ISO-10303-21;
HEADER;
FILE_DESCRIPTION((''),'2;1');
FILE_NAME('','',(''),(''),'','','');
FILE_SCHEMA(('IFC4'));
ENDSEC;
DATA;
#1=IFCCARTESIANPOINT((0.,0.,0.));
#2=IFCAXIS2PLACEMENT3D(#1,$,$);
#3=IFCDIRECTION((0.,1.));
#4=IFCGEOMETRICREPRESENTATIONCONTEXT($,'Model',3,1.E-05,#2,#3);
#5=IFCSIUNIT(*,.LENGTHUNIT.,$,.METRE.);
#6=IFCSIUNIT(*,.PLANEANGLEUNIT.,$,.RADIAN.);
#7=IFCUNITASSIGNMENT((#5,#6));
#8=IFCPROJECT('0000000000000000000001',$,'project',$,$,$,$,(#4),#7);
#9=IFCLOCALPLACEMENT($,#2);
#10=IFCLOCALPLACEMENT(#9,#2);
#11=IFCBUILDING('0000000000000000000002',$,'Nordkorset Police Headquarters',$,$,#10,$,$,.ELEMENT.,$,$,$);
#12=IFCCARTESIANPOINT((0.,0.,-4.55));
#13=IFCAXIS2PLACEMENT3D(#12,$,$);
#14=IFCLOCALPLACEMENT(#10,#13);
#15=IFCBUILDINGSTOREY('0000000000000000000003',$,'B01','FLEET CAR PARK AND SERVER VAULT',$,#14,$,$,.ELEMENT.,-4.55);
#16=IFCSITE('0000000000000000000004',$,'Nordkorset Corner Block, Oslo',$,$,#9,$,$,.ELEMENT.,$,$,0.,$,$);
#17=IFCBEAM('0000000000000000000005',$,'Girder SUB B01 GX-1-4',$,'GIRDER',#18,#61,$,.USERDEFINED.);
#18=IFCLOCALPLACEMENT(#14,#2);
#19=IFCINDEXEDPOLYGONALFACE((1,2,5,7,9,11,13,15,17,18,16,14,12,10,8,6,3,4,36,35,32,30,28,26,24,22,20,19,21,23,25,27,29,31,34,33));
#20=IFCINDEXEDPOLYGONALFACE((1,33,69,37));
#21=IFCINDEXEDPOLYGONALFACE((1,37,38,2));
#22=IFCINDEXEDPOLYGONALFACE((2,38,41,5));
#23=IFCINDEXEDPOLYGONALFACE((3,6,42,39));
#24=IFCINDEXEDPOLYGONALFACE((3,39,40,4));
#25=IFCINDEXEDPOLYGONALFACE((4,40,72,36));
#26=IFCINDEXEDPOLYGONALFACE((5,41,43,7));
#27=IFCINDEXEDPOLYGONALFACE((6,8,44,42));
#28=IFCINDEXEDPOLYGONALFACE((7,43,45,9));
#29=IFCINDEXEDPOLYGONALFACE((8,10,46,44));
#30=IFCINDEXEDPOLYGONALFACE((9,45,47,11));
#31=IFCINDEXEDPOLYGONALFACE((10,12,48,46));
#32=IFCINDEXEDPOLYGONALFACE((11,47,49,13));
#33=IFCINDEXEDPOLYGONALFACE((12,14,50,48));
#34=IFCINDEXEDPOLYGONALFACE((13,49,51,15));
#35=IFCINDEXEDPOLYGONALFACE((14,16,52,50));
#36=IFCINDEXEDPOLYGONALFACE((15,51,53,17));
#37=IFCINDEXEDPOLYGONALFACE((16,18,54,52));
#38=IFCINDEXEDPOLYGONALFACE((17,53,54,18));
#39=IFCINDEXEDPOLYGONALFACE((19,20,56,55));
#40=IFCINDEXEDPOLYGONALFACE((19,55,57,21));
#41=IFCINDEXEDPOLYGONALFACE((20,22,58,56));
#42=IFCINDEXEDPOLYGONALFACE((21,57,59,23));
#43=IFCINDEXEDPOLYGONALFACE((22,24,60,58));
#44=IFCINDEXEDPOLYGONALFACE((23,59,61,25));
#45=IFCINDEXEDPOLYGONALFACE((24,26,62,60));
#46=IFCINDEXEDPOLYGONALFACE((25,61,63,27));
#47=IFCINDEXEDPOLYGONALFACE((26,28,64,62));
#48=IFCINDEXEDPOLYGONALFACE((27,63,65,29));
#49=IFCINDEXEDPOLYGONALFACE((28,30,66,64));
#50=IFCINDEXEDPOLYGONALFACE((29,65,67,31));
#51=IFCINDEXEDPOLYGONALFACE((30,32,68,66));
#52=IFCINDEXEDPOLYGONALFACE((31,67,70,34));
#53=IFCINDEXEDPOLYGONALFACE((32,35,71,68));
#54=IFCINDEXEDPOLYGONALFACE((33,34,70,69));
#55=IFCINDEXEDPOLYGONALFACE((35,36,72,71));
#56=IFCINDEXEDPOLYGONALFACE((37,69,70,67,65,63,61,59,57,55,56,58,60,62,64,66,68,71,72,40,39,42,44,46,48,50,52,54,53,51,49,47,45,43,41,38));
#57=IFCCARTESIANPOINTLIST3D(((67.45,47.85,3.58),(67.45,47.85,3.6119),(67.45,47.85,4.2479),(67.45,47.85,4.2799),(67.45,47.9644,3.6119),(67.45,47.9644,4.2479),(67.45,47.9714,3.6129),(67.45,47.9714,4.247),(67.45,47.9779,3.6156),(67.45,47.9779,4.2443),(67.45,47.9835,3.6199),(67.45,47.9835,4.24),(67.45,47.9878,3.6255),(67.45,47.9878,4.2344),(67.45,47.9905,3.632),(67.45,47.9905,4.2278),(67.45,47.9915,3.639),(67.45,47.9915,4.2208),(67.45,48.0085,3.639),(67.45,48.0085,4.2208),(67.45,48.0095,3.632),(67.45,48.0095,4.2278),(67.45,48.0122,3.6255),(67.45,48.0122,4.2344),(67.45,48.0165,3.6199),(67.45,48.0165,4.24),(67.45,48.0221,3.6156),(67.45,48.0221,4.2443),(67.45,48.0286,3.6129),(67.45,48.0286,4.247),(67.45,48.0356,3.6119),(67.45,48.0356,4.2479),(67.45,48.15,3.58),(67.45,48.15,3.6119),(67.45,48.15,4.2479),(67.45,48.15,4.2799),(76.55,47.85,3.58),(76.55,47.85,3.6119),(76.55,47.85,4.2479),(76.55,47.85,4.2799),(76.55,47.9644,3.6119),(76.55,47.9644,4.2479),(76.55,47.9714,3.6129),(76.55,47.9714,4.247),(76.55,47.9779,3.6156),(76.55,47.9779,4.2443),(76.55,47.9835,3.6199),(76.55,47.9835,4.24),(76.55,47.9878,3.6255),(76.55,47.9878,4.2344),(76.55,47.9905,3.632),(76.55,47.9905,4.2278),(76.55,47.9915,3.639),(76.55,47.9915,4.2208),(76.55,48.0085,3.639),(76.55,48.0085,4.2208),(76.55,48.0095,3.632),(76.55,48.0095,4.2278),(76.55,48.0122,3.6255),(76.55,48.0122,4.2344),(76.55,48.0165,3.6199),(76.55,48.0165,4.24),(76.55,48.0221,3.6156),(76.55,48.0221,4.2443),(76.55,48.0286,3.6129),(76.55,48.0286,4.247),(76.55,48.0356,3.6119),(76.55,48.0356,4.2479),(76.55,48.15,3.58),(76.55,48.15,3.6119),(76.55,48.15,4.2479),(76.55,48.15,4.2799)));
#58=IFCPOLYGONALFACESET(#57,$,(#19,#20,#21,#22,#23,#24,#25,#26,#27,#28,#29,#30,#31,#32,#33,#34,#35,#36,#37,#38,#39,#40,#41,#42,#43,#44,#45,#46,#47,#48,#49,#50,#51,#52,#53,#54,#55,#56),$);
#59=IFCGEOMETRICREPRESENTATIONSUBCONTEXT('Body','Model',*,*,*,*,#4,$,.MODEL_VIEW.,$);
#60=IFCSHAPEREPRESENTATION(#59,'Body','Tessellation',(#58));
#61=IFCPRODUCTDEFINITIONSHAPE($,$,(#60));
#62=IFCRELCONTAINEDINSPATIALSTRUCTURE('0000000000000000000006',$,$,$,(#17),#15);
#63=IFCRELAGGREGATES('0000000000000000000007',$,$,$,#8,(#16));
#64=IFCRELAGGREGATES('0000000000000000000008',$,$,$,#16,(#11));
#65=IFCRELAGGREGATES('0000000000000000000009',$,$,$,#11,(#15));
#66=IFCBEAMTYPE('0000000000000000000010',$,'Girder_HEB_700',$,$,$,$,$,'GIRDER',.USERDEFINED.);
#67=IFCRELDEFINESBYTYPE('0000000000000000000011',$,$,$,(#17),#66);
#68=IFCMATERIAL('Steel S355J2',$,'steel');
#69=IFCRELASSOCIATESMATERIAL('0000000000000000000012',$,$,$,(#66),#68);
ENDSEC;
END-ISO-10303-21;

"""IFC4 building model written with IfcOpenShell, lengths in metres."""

from ifc_helpers import new_model, si_unit, direction, frame, origin, origin_2d, place, context, subcontext, project, spatial, i_section, extrude, material, material_profile, profile_set, type_object, element, save


model = new_model("IFC4")

# Units and contexts
model_context = context("Model", 3, precision=1e-05, world=origin(), true_north=direction((0.0, 1.0)))
body_context = subcontext(model_context, "Body", "Model", "MODEL_VIEW")
ifc_project = project(units=[si_unit("LENGTHUNIT", "METRE"), si_unit("PLANEANGLEUNIT", "RADIAN")], contexts=[model_context])

# Site, building, storey
site_placement = place(None, origin())
site = spatial("IfcSite", under=ifc_project, at=site_placement, Name="Nordkorset Corner Block, Oslo", CompositionType="ELEMENT", RefElevation=0.0)
building_placement = place(site_placement, origin())
building = spatial("IfcBuilding", under=site, at=building_placement, Name="Nordkorset Police Headquarters", CompositionType="ELEMENT")
storey_placement = place(building_placement, frame((0.0, 0.0, -4.55)))
storey = spatial("IfcBuildingStorey", under=building, at=storey_placement, Name="B01", Description="FLEET CAR PARK AND SERVER VAULT", CompositionType="ELEMENT", Elevation=-4.55)

# Beam
ifc_material_1 = material(Name="Steel S355J2", Category="steel")
ifc_material_profile_1 = material_profile(ifc_material_1, i_section(OverallWidth=0.3, OverallDepth=0.7, WebThickness=0.0171, FlangeThickness=0.032, FilletRadius=0.0271, at=origin_2d()), Name="HEB 700")
ifc_profile_set_1 = profile_set([ifc_material_profile_1], Name="Steel S355J2")
beam_type_1 = type_object("IfcBeamType", Name="Girder_HEB_700", ElementType="GIRDER", PredefinedType="USERDEFINED", material=ifc_profile_set_1)
beam_1_placement = place(storey_placement, frame((67.45, 48.0, 3.9299), z_axis=(1.0, 0.0, 0.0), x_axis=(0.0, 1.0, 0.0)))
element("IfcBeam", 1, at=beam_1_placement, inside=storey, type_object=beam_type_1, Name="Girder SUB B01 GX-1-4", ObjectType="GIRDER", PredefinedType="USERDEFINED", context=body_context, shape_type="SweptSolid", body=[
    extrude(i_section(OverallWidth=0.3, OverallDepth=0.7, WebThickness=0.0171, FlangeThickness=0.032, FilletRadius=0.0271, at=origin_2d()), origin(), (0.0, 0.0, 1.0), 9.1001),
])

save(model, "model.ifc")
